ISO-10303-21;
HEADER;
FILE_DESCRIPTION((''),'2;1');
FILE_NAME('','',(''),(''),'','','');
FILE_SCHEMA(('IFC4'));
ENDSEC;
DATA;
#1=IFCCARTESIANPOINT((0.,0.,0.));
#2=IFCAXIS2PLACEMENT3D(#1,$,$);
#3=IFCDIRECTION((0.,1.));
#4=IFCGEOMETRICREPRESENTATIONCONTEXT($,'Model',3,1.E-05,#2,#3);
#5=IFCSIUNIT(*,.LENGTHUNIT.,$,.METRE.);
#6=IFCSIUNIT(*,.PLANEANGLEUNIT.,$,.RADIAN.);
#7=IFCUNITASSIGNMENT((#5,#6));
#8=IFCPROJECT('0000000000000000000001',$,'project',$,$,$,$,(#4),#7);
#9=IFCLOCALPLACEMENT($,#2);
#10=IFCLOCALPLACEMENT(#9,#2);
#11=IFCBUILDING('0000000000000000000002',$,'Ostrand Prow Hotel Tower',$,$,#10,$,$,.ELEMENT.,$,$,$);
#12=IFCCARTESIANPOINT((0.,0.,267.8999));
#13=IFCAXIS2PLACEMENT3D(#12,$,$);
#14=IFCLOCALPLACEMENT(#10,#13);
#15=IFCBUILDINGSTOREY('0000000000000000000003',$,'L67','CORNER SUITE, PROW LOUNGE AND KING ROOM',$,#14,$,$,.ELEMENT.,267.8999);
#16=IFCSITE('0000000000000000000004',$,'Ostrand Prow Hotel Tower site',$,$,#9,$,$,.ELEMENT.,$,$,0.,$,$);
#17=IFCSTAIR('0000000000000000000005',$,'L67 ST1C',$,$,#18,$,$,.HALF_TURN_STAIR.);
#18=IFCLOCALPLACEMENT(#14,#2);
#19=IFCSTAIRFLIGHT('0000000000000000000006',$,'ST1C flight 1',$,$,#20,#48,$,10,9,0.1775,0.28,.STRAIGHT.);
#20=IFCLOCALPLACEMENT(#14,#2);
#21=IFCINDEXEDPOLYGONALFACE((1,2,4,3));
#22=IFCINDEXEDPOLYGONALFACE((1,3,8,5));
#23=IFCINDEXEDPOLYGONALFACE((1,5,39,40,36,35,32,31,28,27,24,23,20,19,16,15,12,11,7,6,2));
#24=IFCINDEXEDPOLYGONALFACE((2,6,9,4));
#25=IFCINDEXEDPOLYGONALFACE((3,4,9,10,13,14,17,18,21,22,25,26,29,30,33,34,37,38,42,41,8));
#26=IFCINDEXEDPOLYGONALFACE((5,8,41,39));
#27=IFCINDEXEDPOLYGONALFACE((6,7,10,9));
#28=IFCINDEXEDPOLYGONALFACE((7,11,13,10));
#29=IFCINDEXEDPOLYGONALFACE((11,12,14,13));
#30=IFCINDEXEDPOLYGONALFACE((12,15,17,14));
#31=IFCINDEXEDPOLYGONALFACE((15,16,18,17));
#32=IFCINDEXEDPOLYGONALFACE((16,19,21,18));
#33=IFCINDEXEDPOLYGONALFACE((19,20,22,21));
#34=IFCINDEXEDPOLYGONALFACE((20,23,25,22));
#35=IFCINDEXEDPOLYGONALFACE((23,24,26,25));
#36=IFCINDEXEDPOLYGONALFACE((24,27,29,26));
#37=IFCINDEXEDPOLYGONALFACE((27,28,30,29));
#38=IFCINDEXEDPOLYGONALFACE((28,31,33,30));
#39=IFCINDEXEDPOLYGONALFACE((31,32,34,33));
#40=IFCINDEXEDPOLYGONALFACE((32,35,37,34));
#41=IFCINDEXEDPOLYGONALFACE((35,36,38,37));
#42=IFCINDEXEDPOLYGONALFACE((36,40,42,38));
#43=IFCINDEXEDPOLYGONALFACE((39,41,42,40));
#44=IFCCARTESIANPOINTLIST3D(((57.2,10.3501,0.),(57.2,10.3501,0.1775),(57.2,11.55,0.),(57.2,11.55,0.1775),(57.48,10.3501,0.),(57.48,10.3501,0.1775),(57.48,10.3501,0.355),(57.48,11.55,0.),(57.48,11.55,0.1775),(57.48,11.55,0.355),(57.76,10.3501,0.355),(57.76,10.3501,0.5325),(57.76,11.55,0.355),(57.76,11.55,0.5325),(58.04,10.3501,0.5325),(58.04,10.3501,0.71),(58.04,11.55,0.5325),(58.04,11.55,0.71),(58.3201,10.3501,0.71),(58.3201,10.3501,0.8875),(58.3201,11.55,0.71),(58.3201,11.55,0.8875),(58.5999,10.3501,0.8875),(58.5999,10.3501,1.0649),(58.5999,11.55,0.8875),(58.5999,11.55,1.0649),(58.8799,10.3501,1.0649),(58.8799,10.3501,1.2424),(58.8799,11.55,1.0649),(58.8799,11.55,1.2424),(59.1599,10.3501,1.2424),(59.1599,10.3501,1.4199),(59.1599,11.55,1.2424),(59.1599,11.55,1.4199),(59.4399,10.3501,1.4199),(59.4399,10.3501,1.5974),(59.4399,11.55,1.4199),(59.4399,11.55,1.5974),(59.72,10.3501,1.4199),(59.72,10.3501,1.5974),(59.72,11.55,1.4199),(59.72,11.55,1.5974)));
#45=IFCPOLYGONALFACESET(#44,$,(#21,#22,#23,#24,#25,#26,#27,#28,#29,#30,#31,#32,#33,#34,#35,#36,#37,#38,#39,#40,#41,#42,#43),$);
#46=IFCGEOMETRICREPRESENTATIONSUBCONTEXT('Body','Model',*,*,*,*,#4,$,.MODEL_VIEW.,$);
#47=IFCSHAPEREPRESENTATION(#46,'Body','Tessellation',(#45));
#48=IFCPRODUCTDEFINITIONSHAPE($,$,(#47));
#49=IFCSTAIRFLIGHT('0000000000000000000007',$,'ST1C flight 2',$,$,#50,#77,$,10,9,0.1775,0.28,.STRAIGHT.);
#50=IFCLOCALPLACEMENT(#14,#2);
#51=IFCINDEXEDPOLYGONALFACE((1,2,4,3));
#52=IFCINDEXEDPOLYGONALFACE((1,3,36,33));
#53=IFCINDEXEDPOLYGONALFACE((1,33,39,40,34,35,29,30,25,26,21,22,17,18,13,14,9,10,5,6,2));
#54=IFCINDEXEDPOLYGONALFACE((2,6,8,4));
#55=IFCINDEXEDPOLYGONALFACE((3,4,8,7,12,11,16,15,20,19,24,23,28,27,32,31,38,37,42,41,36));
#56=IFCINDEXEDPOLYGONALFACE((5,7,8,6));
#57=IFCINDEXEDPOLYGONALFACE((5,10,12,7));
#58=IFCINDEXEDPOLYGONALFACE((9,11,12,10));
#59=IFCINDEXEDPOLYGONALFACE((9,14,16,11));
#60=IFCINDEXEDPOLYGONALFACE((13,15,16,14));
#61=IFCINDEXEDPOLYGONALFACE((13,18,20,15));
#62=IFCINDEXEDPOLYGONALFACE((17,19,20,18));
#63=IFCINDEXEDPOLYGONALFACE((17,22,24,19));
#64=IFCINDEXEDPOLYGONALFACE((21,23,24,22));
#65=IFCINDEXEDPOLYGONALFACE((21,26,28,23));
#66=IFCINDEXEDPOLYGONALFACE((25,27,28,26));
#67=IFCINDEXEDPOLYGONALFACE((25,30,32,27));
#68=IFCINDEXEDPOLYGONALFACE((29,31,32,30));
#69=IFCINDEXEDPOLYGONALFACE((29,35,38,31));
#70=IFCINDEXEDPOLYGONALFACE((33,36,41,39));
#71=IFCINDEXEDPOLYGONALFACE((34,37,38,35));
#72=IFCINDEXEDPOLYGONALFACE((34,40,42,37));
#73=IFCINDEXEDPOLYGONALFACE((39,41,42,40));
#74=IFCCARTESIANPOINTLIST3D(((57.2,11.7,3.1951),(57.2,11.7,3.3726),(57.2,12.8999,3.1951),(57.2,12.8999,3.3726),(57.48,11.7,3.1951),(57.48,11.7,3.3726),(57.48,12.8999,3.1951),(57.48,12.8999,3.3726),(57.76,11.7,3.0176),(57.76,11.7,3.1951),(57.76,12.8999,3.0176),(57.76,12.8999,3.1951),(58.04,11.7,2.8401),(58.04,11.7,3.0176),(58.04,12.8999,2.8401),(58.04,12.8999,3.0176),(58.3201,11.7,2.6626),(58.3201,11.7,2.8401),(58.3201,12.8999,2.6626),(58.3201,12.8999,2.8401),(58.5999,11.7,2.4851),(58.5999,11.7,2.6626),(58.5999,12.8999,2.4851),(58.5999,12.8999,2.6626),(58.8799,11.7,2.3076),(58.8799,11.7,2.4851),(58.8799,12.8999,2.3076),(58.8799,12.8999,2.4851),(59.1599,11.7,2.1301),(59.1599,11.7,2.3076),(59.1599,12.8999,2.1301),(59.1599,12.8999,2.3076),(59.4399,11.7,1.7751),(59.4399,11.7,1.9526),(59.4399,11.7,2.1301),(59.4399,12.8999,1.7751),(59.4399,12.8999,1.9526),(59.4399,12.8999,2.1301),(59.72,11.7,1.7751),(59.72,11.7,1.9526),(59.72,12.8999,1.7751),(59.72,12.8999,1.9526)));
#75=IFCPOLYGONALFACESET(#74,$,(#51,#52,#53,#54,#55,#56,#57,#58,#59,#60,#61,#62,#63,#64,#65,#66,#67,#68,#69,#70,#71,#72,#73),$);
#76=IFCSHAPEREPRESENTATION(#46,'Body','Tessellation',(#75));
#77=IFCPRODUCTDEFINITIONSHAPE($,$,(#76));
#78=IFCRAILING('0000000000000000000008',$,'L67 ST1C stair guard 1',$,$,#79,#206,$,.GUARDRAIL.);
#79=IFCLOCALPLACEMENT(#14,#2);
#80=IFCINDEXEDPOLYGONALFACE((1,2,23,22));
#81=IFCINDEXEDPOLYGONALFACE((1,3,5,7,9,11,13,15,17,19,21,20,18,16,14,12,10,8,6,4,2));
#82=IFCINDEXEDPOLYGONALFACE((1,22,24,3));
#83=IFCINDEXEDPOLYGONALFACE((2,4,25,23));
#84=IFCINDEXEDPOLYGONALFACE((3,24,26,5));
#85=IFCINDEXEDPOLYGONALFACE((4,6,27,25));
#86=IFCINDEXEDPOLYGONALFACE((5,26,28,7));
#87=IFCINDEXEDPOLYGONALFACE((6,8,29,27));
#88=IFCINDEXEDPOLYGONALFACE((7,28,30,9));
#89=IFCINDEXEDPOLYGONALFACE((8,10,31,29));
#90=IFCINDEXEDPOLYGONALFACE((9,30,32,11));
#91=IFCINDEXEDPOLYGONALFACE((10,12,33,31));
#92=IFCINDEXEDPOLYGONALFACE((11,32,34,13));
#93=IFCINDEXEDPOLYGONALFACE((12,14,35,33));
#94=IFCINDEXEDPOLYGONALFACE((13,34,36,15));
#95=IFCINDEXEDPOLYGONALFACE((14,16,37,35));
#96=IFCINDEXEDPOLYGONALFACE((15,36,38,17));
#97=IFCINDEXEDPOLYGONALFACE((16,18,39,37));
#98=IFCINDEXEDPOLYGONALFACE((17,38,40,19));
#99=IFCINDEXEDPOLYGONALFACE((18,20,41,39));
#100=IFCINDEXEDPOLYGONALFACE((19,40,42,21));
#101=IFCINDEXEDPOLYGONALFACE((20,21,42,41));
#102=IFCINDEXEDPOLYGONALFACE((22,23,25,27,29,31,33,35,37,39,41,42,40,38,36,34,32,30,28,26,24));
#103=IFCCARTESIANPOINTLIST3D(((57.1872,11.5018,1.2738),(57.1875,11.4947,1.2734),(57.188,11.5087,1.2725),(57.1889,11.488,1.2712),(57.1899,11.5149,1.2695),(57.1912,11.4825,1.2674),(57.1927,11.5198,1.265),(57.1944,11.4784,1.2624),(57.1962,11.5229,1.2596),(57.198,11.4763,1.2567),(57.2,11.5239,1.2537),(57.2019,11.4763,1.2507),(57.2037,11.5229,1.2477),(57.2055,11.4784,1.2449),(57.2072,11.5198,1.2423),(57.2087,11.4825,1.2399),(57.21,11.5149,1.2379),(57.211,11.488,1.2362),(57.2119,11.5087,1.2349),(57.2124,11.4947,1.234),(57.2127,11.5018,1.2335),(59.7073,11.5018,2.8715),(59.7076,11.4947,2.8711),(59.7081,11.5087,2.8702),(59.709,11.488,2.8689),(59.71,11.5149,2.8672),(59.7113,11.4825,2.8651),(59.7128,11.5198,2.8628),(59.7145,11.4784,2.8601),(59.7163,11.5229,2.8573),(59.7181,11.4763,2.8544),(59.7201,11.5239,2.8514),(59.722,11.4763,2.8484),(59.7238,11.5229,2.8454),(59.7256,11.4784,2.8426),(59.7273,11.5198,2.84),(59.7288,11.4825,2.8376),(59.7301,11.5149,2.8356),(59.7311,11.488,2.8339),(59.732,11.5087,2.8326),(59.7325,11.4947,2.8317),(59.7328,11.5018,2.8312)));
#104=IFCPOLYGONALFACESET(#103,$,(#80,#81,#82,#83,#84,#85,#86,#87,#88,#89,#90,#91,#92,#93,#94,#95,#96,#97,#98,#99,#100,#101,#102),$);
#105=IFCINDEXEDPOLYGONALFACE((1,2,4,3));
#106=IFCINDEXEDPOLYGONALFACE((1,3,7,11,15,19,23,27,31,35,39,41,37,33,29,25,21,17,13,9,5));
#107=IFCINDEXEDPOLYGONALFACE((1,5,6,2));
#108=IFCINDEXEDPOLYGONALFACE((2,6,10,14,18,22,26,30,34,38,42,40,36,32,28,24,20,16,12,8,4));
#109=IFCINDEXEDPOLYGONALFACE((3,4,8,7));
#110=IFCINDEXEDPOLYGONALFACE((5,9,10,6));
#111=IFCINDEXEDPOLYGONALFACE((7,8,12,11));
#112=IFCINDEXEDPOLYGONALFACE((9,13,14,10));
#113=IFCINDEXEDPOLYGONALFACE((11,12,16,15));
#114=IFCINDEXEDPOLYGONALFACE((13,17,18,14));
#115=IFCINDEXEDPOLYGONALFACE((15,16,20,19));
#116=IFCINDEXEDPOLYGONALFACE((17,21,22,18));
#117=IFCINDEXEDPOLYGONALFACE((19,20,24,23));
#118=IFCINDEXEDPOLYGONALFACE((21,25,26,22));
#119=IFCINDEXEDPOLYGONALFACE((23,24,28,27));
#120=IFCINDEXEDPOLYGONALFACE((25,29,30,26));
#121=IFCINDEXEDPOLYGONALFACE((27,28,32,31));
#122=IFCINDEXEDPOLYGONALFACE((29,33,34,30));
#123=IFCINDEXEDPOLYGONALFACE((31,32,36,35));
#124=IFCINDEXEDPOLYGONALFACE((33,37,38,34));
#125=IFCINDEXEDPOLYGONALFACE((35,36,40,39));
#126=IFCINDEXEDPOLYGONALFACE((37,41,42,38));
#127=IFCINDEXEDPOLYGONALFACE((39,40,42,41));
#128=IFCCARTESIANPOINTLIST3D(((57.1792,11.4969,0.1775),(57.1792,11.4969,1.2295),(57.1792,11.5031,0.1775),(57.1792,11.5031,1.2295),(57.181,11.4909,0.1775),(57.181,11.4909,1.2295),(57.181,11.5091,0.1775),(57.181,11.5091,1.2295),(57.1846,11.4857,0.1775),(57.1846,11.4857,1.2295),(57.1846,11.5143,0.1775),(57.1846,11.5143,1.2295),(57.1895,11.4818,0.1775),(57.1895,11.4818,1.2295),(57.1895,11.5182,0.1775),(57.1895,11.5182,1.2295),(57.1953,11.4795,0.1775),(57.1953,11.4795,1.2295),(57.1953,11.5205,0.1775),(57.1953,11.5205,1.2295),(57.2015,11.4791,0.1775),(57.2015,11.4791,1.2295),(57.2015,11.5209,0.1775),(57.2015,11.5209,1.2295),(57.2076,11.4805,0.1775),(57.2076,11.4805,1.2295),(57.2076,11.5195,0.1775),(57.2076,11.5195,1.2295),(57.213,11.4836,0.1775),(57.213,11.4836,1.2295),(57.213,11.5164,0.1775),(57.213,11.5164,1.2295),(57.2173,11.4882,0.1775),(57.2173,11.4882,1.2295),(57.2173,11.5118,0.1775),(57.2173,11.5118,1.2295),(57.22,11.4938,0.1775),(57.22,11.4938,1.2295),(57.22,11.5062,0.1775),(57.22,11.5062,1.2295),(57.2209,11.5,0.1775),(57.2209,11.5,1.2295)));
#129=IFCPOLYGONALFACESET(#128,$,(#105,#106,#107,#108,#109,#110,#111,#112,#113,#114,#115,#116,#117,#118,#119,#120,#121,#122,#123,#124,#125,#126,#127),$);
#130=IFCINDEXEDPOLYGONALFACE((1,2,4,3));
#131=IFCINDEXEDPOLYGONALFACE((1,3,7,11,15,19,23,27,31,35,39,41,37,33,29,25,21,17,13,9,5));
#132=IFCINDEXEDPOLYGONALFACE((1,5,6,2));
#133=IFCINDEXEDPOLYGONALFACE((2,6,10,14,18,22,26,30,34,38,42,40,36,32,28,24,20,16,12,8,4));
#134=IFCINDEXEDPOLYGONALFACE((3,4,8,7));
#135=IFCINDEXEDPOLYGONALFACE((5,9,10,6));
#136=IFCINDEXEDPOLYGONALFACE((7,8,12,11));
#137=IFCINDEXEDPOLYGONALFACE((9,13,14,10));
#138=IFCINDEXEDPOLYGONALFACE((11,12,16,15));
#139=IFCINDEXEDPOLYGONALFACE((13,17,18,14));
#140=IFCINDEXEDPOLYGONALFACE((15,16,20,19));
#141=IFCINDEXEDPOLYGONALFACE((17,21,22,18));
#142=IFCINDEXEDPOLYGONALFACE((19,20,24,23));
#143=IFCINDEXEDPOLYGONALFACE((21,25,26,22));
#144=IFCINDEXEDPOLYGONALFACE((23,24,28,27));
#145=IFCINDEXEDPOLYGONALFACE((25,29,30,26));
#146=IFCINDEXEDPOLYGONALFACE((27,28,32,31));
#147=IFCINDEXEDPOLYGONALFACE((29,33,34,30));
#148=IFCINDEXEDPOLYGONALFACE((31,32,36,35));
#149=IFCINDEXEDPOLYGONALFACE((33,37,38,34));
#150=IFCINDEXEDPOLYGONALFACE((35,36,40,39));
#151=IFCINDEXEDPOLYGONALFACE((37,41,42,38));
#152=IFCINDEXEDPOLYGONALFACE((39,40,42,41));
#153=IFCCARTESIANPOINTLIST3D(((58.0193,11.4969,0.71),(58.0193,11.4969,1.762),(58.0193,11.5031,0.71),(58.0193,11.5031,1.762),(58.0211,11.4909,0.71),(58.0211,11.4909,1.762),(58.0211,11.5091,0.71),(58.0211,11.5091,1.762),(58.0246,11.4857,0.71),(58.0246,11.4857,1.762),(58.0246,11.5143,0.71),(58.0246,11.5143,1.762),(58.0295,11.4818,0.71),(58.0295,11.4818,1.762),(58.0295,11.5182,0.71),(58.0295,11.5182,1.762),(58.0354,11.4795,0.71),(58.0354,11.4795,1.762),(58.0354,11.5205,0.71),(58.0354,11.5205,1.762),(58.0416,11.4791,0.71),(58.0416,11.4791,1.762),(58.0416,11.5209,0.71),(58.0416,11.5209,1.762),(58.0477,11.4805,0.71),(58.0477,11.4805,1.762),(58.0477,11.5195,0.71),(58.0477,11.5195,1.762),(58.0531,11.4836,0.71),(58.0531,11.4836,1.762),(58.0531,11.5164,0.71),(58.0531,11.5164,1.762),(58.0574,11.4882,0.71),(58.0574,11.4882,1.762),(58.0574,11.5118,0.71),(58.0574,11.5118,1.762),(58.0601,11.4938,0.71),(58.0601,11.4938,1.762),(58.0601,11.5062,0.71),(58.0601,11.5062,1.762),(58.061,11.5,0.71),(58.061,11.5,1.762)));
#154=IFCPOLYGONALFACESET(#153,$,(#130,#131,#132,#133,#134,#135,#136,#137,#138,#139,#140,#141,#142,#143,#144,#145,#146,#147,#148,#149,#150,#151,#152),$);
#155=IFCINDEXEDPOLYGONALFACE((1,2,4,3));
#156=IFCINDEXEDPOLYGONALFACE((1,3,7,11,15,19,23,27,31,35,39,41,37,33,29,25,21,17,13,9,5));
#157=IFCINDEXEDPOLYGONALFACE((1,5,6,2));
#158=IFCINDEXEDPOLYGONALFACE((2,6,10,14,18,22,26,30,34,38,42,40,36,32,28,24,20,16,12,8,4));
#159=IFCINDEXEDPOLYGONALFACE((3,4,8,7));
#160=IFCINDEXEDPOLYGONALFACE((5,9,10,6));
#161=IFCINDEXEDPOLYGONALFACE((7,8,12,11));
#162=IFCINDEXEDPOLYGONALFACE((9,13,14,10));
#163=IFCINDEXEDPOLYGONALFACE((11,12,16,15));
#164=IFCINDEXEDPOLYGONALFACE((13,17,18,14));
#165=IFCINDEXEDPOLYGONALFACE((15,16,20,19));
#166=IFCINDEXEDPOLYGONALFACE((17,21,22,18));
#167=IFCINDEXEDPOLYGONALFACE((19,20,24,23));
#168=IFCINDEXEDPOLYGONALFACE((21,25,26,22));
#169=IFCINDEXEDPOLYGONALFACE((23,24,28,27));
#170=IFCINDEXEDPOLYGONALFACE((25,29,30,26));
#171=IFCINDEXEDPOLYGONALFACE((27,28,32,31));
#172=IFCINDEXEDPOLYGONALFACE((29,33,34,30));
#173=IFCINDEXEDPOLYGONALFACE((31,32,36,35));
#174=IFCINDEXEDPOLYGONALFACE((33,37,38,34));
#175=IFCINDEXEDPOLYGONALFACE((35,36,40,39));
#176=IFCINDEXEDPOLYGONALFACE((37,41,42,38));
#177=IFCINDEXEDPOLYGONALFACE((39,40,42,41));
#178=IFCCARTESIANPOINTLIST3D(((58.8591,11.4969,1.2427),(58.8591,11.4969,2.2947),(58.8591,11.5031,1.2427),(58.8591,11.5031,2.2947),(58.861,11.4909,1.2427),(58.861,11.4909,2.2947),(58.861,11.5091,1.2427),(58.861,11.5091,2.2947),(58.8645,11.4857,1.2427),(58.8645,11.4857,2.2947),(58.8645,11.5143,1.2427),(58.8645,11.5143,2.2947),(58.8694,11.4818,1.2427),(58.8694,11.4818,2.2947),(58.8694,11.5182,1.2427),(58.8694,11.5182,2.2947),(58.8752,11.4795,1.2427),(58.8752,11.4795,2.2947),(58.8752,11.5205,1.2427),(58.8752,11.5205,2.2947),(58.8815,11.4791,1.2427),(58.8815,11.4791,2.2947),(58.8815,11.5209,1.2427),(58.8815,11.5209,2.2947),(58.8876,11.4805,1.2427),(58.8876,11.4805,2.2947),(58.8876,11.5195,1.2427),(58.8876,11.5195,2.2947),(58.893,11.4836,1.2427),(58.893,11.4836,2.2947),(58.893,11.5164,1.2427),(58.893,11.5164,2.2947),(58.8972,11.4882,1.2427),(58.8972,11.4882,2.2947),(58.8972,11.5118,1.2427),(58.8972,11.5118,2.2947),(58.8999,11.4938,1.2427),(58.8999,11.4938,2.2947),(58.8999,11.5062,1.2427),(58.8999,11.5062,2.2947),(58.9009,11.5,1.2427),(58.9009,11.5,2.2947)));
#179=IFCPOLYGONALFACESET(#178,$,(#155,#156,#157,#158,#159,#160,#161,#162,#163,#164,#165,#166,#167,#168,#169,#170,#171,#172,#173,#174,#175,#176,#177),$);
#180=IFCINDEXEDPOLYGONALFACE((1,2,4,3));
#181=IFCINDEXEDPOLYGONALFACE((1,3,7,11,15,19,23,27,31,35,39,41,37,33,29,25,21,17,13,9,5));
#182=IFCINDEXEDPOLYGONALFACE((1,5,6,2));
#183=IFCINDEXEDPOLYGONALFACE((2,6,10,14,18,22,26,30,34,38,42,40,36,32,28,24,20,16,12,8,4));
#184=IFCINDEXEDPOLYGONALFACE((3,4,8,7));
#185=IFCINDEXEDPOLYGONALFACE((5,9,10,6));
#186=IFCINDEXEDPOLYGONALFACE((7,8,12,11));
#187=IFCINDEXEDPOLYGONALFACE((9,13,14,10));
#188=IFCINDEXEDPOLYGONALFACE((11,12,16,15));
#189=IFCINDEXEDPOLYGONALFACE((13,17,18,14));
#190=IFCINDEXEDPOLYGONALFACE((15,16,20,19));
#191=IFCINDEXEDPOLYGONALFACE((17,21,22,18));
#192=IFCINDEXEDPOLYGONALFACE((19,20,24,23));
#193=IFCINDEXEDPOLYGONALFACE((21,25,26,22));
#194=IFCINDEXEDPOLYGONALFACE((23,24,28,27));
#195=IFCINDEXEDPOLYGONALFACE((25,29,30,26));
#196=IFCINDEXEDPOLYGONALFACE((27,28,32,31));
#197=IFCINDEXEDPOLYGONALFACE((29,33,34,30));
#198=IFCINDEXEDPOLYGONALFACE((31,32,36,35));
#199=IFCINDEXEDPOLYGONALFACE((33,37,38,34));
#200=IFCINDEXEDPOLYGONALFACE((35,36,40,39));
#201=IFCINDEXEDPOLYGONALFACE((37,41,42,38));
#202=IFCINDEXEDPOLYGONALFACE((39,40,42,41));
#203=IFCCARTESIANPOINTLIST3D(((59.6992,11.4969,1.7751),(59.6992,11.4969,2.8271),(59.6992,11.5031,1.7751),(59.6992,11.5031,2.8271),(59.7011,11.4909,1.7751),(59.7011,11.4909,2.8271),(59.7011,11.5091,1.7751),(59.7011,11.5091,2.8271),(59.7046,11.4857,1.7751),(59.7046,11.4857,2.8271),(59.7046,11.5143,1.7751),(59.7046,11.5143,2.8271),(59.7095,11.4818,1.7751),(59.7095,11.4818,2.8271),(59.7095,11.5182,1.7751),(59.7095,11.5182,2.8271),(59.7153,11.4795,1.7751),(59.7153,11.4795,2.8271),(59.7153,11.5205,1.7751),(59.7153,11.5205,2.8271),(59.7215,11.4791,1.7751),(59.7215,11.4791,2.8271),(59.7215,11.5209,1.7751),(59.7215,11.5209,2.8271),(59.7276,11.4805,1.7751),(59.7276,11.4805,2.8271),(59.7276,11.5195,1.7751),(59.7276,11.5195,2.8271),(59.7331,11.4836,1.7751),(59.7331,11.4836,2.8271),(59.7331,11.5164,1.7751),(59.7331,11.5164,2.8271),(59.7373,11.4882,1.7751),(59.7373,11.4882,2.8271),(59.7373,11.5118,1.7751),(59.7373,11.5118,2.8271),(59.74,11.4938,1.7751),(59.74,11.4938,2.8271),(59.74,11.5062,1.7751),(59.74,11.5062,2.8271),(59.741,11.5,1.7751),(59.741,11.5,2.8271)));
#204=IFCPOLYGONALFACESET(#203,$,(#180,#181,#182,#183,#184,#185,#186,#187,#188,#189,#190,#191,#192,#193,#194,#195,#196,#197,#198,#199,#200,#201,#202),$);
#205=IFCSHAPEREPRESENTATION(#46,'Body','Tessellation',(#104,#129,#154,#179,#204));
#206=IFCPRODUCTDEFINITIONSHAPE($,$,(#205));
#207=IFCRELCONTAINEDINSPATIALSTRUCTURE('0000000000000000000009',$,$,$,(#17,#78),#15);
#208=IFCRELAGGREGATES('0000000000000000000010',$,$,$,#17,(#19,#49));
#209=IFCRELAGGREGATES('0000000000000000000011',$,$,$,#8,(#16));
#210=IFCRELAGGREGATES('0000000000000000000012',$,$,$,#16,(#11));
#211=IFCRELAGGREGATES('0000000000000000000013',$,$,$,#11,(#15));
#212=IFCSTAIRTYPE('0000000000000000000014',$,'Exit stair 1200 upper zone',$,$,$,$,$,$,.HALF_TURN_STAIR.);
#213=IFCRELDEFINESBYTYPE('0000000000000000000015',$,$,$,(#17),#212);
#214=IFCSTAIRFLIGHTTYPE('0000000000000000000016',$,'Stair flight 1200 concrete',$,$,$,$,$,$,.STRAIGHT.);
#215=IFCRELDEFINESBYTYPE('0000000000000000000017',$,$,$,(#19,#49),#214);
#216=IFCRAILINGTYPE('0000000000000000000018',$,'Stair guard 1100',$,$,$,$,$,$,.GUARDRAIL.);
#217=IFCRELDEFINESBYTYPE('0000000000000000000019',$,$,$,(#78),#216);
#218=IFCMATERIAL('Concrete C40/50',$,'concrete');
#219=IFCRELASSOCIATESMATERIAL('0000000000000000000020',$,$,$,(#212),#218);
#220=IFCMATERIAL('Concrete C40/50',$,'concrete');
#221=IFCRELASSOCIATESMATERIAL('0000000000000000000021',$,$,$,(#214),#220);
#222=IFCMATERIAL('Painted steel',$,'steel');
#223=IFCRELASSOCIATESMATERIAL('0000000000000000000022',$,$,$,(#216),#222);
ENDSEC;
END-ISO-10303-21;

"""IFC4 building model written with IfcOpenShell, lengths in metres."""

from ifc_helpers import new_model, si_unit, direction, frame, origin, origin_2d, place, context, subcontext, project, spatial, polyline, circle, outline, extrude, material, type_object, element, aggregate, save


model = new_model("IFC4")

# Units and contexts
model_context = context("Model", 3, precision=1e-05, world=origin(), true_north=direction((0.0, 1.0)))
body_context = subcontext(model_context, "Body", "Model", "MODEL_VIEW")
ifc_project = project(units=[si_unit("LENGTHUNIT", "METRE"), si_unit("PLANEANGLEUNIT", "RADIAN")], contexts=[model_context])

# Site, building, storey
site_placement = place(None, origin())
site = spatial("IfcSite", under=ifc_project, at=site_placement, Name="Ostrand Prow Hotel Tower site", CompositionType="ELEMENT", RefElevation=0.0)
building_placement = place(site_placement, origin())
building = spatial("IfcBuilding", under=site, at=building_placement, Name="Ostrand Prow Hotel Tower", CompositionType="ELEMENT")
storey_placement = place(building_placement, frame((0.0, 0.0, 267.8999)))
storey = spatial("IfcBuildingStorey", under=building, at=storey_placement, Name="L67", Description="CORNER SUITE, PROW LOUNGE AND KING ROOM", CompositionType="ELEMENT", Elevation=267.8999)

# Stair, stair flights
ifc_material_1 = material(Name="Concrete C40/50", Category="concrete")
stair_type = type_object("IfcStairType", Name="Exit stair 1200 upper zone", PredefinedType="HALF_TURN_STAIR", material=ifc_material_1)
stair_placement = place(storey_placement, origin())
stair = element("IfcStair", 1, at=stair_placement, inside=storey, type_object=stair_type, Name="L67 ST1C", PredefinedType="HALF_TURN_STAIR")
ifc_material_2 = material(Name="Concrete C40/50", Category="concrete")
stair_flight_type = type_object("IfcStairFlightType", Name="Stair flight 1200 concrete", PredefinedType="STRAIGHT", material=ifc_material_2)
stair_flight_1_placement = place(storey_placement, frame((57.2, 10.95, 0.0), z_axis=(0.0, 0.0, 1.0), x_axis=(1.0, 0.0, 0.0)))
stair_flight_1 = element("IfcStairFlight", 2, at=stair_flight_1_placement, type_object=stair_flight_type, Name="ST1C flight 1", NumberOfRisers=10, NumberOfTreads=9, PredefinedType="STRAIGHT", RiserHeight=0.1775, TreadLength=0.28, context=body_context, shape_type="SweptSolid", body=[
    extrude(outline(polyline([(0.0, 0.0), (0.0, 0.1775), (0.28, 0.1775), (0.28, 0.355), (0.5601, 0.355), (0.5601, 0.5325), (0.8401, 0.5325), (0.8401, 0.71), (1.1201, 0.71), (1.1201, 0.8875), (1.3999, 0.8875), (1.3999, 1.0649), (1.6799, 1.0649), (1.6799, 1.2424), (1.96, 1.2424), (1.96, 1.4199), (2.24, 1.4199), (2.24, 1.5974), (2.52, 1.5974), (2.52, 1.7749), (2.52, 1.4199), (0.28, 0.0), (0.0, 0.0)])), frame((0.0, 0.6001, 0.0), z_axis=(0.0, -1.0, 0.0), x_axis=(1.0, 0.0, 0.0)), (0.0, 0.0, 1.0), 1.2),
])
stair_flight_2_placement = place(storey_placement, frame((59.72, 12.3, 1.7751), z_axis=(0.0, 0.0, 1.0), x_axis=(-1.0, 0.0, 0.0)))
stair_flight_2 = element("IfcStairFlight", 3, at=stair_flight_2_placement, type_object=stair_flight_type, Name="ST1C flight 2", NumberOfRisers=10, NumberOfTreads=9, PredefinedType="STRAIGHT", RiserHeight=0.1775, TreadLength=0.28, context=body_context, shape_type="SweptSolid", body=[
    extrude(outline(polyline([(0.0, 0.0), (0.0, 0.1775), (0.28, 0.1775), (0.28, 0.355), (0.5601, 0.355), (0.5601, 0.5325), (0.8401, 0.5325), (0.8401, 0.71), (1.1201, 0.71), (1.1201, 0.8875), (1.3999, 0.8875), (1.3999, 1.0649), (1.6799, 1.0649), (1.6799, 1.2424), (1.96, 1.2424), (1.96, 1.4199), (2.24, 1.4199), (2.24, 1.5974), (2.52, 1.5974), (2.52, 1.7749), (2.52, 1.4199), (0.28, 0.0), (0.0, 0.0)])), frame((0.0, 0.6001, 0.0), z_axis=(0.0, -1.0, 0.0), x_axis=(1.0, 0.0, 0.0)), (0.0, 0.0, 1.0), 1.2),
])
aggregate(stair, [stair_flight_1, stair_flight_2])

# Railing
ifc_material_3 = material(Name="Painted steel", Category="steel")
railing_type_1 = type_object("IfcRailingType", Name="Stair guard 1100", PredefinedType="GUARDRAIL", material=ifc_material_3)
railing_1_placement = place(storey_placement, frame((57.2, 11.5, 0.1775)))
element("IfcRailing", 4, at=railing_1_placement, inside=storey, type_object=railing_type_1, Name="L67 ST1C stair guard 1", PredefinedType="GUARDRAIL", context=body_context, shape_type="SweptSolid", body=[
    extrude(circle(Radius=0.0239, at=origin_2d()), frame((0.0, 0.0, 1.0762), z_axis=(0.84457, 0.0, 0.535445), x_axis=(0.0, 1.0, 0.0)), (0.0, 0.0, 1.0), 2.9839),
    extrude(circle(Radius=0.021, at=origin_2d()), origin(), (0.0, 0.0, 1.0), 1.052),
    extrude(circle(Radius=0.021, at=origin_2d()), frame((0.8401, 0.0, 0.5325)), (0.0, 0.0, 1.0), 1.052),
    extrude(circle(Radius=0.021, at=origin_2d()), frame((1.6799, 0.0, 1.0652)), (0.0, 0.0, 1.0), 1.052),
    extrude(circle(Radius=0.021, at=origin_2d()), frame((2.52, 0.0, 1.5977)), (0.0, 0.0, 1.0), 1.052),
])

save(model, "model.ifc")
